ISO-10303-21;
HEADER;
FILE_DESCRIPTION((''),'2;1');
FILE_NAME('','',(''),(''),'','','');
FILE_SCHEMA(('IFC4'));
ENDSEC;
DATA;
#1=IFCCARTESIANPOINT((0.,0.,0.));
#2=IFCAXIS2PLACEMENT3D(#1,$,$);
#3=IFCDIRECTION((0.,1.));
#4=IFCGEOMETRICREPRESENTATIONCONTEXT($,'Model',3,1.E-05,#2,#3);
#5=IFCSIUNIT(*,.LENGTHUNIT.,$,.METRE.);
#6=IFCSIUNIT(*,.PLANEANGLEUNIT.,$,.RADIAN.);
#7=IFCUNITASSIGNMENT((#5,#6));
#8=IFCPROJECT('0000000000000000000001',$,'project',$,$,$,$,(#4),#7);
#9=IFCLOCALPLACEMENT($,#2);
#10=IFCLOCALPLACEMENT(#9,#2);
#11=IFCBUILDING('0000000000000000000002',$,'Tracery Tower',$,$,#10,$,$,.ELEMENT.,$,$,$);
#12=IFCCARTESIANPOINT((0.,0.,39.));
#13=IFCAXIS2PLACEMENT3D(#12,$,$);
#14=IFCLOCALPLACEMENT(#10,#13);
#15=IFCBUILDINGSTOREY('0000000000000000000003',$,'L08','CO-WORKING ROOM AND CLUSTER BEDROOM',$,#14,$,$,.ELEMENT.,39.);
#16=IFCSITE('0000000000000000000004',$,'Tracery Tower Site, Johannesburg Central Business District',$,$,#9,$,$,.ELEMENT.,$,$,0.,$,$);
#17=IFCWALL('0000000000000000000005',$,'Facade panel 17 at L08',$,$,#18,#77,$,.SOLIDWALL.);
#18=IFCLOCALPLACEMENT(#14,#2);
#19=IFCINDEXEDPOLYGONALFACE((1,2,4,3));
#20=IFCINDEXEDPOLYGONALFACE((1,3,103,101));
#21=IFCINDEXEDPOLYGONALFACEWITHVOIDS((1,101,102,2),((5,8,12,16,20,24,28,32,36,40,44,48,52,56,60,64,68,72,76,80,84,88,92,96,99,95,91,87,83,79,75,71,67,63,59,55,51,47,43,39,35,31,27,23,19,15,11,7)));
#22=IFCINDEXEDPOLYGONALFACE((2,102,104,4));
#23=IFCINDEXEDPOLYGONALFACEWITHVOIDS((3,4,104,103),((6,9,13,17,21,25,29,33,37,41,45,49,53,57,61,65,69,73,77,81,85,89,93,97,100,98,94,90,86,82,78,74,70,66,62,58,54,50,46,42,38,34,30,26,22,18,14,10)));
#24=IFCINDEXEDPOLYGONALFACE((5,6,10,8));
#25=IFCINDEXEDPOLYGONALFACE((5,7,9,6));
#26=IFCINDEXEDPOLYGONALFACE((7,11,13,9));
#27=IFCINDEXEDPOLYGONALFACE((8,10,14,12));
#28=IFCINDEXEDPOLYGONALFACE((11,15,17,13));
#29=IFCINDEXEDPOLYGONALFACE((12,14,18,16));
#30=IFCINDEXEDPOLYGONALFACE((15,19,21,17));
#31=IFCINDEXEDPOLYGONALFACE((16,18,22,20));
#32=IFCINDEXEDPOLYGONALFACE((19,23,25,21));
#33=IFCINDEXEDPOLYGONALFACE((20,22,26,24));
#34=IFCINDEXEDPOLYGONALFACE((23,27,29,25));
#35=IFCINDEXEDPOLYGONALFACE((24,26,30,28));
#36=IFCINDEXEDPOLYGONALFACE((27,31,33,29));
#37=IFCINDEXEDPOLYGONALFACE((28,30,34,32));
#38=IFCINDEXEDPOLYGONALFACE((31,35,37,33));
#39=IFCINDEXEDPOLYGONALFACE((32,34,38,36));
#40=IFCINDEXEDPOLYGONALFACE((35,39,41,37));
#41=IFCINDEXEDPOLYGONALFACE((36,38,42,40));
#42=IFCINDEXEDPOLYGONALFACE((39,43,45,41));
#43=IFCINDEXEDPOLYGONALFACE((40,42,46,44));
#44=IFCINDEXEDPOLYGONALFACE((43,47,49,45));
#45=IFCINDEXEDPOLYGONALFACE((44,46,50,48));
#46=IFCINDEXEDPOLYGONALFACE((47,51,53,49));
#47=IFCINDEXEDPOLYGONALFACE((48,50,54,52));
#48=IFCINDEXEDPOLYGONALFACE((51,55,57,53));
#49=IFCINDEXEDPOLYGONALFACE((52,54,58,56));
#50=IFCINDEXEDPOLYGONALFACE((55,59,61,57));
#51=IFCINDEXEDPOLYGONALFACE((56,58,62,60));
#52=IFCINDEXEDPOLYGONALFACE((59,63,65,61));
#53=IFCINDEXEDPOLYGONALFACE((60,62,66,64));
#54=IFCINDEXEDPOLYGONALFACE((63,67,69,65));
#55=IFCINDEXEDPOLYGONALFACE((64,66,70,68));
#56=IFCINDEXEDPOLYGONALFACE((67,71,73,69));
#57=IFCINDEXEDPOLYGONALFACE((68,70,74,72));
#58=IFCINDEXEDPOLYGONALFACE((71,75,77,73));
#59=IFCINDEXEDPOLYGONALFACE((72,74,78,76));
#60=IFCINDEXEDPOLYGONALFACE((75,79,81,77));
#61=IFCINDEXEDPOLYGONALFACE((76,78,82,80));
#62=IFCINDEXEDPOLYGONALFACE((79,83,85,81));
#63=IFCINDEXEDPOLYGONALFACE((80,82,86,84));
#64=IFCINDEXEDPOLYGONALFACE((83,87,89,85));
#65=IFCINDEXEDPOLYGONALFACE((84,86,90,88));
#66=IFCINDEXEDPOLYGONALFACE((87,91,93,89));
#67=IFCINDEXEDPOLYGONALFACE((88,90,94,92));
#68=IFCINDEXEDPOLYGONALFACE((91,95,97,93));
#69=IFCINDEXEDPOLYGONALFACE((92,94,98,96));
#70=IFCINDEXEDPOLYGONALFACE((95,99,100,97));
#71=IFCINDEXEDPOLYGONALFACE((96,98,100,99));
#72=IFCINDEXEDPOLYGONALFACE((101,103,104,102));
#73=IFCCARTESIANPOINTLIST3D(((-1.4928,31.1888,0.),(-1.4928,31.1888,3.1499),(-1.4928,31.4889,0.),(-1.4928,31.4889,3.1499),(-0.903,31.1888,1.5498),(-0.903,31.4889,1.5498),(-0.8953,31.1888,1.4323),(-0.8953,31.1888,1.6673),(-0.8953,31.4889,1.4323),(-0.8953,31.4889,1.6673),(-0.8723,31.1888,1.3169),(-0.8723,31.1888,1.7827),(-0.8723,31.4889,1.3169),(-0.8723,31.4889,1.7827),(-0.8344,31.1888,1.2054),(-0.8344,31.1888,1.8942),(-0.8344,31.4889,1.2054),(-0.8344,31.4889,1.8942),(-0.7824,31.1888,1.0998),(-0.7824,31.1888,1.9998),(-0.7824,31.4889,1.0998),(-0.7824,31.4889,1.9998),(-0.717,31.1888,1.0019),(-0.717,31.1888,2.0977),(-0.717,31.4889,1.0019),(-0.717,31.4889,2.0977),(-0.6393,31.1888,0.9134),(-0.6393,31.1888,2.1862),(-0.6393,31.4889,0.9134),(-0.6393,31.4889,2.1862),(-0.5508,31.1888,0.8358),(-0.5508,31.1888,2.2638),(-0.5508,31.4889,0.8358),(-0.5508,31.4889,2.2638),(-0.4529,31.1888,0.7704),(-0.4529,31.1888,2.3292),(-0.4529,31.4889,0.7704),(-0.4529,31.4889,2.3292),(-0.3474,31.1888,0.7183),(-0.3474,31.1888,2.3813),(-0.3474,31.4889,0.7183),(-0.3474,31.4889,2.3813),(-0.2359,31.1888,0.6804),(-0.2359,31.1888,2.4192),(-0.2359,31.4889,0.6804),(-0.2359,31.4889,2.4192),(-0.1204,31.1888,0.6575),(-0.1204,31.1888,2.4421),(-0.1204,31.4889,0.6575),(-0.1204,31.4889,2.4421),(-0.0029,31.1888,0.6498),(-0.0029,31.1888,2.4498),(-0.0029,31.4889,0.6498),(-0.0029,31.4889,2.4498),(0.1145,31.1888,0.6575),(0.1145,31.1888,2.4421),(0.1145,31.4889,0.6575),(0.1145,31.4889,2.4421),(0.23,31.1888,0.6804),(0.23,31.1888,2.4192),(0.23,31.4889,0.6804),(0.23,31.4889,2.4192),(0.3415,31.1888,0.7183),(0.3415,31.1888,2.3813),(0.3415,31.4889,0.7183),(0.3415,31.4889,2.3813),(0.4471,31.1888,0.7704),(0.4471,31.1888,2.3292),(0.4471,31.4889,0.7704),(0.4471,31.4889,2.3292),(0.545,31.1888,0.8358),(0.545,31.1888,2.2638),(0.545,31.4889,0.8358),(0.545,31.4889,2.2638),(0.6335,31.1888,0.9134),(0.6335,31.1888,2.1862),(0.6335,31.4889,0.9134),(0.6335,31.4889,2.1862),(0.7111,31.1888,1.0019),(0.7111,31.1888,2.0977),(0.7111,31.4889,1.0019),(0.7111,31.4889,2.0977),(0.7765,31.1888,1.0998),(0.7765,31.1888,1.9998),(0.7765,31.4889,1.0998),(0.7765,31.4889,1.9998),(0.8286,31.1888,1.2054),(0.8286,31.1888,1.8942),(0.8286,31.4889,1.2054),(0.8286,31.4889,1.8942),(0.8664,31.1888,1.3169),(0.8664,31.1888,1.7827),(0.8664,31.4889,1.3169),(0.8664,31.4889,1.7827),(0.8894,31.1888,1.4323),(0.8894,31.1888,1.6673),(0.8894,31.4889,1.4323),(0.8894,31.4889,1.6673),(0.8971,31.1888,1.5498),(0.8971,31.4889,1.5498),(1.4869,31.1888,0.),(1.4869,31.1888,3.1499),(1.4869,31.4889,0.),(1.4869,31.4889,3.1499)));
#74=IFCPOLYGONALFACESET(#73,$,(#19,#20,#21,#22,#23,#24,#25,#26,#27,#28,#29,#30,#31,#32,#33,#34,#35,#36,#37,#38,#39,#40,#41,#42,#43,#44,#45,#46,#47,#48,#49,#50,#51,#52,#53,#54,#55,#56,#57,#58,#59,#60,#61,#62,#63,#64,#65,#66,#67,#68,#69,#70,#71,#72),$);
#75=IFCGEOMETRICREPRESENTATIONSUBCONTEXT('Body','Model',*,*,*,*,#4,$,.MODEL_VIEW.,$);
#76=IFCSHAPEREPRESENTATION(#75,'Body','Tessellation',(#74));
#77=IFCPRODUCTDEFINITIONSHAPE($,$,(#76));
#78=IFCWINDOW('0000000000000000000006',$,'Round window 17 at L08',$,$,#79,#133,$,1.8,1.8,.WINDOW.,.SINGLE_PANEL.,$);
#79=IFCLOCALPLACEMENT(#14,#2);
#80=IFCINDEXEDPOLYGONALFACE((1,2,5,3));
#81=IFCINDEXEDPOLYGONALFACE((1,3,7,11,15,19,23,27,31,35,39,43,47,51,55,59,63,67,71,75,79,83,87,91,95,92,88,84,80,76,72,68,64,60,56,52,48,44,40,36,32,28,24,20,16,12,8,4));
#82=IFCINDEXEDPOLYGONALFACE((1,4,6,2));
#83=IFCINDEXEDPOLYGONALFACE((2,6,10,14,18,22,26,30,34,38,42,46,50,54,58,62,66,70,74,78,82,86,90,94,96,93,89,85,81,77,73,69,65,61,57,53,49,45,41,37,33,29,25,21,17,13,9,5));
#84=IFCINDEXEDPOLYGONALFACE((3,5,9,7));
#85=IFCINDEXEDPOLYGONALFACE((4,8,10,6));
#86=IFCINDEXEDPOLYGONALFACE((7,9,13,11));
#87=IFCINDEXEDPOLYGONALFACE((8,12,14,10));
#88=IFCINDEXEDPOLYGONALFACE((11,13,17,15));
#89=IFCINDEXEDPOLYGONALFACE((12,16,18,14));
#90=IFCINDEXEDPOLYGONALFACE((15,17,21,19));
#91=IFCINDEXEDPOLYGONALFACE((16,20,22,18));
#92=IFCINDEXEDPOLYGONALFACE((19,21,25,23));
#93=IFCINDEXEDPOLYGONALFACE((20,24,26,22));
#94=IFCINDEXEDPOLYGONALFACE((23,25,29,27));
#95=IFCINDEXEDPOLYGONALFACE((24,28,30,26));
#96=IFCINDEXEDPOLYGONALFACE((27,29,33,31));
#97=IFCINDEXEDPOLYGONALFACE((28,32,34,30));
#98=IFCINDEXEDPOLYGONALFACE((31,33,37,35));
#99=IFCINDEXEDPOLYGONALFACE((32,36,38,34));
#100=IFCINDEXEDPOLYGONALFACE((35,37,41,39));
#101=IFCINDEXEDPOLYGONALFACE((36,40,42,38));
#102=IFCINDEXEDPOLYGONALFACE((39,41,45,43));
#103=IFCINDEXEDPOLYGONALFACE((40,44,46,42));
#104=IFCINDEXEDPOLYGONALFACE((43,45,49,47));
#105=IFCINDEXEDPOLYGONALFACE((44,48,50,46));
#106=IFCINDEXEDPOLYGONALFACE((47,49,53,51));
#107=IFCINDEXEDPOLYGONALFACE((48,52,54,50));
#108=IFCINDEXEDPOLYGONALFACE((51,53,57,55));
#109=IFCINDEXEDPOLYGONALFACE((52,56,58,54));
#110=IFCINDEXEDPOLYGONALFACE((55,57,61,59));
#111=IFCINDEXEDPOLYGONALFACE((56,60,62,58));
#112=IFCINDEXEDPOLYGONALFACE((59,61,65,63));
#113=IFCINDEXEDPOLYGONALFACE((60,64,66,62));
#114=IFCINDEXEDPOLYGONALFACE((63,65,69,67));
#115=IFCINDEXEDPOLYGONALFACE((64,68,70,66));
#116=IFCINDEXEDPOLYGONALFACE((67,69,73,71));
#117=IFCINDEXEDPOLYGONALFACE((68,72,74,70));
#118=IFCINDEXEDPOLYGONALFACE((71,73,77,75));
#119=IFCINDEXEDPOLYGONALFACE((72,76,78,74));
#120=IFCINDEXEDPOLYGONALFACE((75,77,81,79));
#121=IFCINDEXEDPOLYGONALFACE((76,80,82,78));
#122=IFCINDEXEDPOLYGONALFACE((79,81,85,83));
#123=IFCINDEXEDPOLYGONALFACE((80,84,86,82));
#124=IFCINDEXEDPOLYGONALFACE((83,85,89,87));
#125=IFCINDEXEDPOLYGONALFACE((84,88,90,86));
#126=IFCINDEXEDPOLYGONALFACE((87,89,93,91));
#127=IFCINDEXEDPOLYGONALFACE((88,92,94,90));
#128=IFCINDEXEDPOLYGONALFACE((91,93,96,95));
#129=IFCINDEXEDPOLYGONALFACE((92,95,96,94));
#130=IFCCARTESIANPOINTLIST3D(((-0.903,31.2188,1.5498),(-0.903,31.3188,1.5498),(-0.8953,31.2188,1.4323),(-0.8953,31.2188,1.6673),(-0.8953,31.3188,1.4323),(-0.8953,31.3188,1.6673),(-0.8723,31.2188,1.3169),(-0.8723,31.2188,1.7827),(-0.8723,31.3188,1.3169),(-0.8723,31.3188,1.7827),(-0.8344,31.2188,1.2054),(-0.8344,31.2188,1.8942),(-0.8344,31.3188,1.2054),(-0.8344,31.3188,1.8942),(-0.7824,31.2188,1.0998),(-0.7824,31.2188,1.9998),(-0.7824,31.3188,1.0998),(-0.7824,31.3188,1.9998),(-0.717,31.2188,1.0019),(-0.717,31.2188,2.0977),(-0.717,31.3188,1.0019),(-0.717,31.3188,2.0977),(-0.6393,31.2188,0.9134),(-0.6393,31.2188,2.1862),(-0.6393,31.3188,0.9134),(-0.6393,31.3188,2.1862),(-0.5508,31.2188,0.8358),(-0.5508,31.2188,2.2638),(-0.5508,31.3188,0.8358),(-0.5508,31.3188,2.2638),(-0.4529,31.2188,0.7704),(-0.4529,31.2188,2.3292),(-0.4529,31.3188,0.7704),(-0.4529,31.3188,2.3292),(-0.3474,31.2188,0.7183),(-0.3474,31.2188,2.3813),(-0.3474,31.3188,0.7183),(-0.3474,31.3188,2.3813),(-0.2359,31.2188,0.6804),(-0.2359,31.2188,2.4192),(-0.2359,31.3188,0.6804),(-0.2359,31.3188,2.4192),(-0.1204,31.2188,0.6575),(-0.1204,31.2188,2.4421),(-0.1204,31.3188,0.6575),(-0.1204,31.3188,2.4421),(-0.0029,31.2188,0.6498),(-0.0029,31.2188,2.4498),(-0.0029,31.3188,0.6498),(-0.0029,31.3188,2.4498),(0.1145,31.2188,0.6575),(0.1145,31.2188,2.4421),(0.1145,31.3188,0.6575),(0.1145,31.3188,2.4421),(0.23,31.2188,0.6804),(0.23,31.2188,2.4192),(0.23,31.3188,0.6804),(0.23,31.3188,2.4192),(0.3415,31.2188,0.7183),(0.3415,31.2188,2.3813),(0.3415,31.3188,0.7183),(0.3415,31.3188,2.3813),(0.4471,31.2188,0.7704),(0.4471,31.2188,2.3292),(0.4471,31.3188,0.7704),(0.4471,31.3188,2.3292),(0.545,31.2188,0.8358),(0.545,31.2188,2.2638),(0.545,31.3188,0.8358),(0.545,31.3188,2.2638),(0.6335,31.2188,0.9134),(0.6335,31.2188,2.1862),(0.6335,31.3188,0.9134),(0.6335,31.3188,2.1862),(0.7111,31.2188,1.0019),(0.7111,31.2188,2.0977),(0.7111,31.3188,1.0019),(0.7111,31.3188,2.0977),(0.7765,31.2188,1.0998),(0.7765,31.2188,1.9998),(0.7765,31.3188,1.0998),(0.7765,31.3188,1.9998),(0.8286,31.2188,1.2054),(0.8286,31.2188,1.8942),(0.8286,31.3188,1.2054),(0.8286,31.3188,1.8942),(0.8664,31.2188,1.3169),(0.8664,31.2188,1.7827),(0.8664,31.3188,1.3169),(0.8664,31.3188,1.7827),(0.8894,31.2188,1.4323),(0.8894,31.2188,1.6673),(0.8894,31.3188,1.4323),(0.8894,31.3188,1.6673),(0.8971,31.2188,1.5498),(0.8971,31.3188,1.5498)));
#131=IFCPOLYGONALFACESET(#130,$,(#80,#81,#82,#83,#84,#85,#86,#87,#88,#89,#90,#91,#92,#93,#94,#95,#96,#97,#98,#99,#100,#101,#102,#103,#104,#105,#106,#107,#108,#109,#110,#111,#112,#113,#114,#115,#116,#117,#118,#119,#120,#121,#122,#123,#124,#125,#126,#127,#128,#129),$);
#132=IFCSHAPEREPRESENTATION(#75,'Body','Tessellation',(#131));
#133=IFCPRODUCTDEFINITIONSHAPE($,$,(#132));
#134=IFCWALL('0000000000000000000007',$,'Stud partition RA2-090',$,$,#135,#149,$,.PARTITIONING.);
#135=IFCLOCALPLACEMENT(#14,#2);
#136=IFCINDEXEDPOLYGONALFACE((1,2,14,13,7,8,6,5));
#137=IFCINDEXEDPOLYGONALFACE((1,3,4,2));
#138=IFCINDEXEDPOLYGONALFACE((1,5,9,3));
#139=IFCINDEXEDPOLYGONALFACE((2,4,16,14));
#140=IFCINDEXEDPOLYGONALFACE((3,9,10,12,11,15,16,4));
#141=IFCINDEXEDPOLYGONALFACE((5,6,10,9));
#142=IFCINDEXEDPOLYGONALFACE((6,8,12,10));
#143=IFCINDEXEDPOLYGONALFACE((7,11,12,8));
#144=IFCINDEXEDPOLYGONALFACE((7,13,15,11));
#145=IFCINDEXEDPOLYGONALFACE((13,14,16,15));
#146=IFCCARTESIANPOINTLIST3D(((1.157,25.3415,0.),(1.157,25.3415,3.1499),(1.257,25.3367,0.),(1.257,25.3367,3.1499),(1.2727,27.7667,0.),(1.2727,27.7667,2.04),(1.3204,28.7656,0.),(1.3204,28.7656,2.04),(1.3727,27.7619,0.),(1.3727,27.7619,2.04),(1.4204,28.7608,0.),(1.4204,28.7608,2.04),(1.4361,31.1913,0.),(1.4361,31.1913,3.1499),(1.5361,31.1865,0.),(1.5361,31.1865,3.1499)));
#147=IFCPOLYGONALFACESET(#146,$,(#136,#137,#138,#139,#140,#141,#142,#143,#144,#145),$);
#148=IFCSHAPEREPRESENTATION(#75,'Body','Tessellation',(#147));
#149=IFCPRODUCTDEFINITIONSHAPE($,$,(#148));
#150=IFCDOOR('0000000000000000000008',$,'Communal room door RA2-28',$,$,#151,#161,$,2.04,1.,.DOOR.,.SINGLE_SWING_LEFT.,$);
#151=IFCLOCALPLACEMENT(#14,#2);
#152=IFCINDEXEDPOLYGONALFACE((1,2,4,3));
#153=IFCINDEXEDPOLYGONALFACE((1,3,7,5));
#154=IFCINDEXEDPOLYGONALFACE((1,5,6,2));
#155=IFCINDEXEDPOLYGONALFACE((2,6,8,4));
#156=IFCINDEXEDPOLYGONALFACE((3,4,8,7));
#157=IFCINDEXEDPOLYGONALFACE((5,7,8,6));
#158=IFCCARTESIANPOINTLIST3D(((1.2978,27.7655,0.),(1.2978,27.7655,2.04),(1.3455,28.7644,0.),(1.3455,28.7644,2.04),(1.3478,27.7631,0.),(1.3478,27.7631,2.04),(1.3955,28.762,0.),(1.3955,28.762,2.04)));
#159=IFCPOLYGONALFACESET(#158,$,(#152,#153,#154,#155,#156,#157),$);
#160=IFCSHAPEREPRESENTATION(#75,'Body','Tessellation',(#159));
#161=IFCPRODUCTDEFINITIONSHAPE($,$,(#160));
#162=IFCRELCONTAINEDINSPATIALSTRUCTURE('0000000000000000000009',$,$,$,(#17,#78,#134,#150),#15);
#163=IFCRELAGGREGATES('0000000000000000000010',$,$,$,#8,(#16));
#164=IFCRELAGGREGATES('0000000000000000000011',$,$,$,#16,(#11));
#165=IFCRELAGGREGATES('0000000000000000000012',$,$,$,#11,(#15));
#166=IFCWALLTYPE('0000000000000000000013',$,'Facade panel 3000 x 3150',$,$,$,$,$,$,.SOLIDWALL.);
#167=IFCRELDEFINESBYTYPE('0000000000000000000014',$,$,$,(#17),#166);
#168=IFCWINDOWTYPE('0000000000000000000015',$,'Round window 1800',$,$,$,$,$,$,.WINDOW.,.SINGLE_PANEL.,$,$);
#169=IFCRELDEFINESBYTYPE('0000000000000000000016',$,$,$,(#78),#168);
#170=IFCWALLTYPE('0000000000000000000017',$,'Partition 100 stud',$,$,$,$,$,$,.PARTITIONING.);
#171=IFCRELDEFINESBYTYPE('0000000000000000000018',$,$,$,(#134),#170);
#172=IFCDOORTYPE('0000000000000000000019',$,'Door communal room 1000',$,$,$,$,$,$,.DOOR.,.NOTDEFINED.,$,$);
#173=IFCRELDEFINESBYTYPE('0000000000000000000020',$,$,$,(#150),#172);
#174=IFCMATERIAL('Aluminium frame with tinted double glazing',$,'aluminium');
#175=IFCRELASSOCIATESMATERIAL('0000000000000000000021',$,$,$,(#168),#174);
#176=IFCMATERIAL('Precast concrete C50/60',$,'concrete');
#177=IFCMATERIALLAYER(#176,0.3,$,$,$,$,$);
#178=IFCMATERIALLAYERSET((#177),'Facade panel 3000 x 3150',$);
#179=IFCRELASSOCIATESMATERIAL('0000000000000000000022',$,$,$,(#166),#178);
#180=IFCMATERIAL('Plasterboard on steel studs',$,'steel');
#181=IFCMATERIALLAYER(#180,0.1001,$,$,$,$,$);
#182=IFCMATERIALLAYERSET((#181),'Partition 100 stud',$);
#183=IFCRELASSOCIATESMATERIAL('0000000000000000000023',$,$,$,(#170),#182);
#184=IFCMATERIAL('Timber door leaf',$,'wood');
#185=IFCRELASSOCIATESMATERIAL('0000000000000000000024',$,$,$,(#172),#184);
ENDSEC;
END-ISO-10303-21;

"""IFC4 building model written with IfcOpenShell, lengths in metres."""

from ifc_helpers import new_model, si_unit, direction, frame, frame_2d, origin, origin_2d, place, context, subcontext, project, spatial, rectangle, circle, extrude, material, layer, layer_set, type_object, element, fill, save


model = new_model("IFC4")

# Units and contexts
model_context = context("Model", 3, precision=1e-05, world=origin(), true_north=direction((0.0, 1.0)))
body_context = subcontext(model_context, "Body", "Model", "MODEL_VIEW")
ifc_project = project(units=[si_unit("LENGTHUNIT", "METRE"), si_unit("PLANEANGLEUNIT", "RADIAN")], contexts=[model_context])

# Site, building, storey
site_placement = place(None, origin())
site = spatial("IfcSite", under=ifc_project, at=site_placement, Name="Tracery Tower Site, Johannesburg Central Business District", CompositionType="ELEMENT", RefElevation=0.0)
building_placement = place(site_placement, origin())
building = spatial("IfcBuilding", under=site, at=building_placement, Name="Tracery Tower", CompositionType="ELEMENT")
storey_placement = place(building_placement, frame((0.0, 0.0, 39.0)))
storey = spatial("IfcBuildingStorey", under=building, at=storey_placement, Name="L08", Description="CO-WORKING ROOM AND CLUSTER BEDROOM", CompositionType="ELEMENT", Elevation=39.0)

# Wall, opening, window
ifc_material_1 = material(Name="Aluminium frame with tinted double glazing", Category="aluminium")
window_type = type_object("IfcWindowType", Name="Round window 1800", PartitioningType="SINGLE_PANEL", PredefinedType="WINDOW", material=ifc_material_1)
ifc_material_2 = material(Name="Precast concrete C50/60", Category="concrete")
ifc_layer_1 = layer(ifc_material_2, 0.3)
ifc_layer_set_1 = layer_set([ifc_layer_1], Name="Facade panel 3000 x 3150")
wall_type_1 = type_object("IfcWallType", Name="Facade panel 3000 x 3150", PredefinedType="SOLIDWALL", material=ifc_layer_set_1)
wall_1_placement = place(storey_placement, frame((1.4868, 31.3389, 0.0), z_axis=(0.0, 0.0, 1.0), x_axis=(-1.0, 0.0, 0.0)))
wall_1 = element("IfcWall", 1, at=wall_1_placement, inside=storey, type_object=wall_type_1, Name="Facade panel 17 at L08", PredefinedType="SOLIDWALL", context=body_context, shape_type="SweptSolid", body=[
    extrude(rectangle(XDim=2.9797, YDim=0.3, at=frame_2d((1.4897, 0.0))), origin(), (0.0, 0.0, 1.0), 3.1499),
])
opening_1_placement = place(wall_1_placement, frame((1.4897, 0.0, 1.5498)))
opening_1 = element("IfcOpeningElement", 2, at=opening_1_placement, cuts=wall_1, PredefinedType="OPENING", context=body_context, shape_type="SweptSolid", body=[
    extrude(circle(Radius=0.9, at=origin_2d()), frame((0.0, 0.1599, 0.0), z_axis=(0.0, -1.0, 0.0), x_axis=(1.0, 0.0, 0.0)), (0.0, 0.0, 1.0), 0.3201),
])
window_1_placement = place(opening_1_placement, origin())
window_1 = element("IfcWindow", 3, at=window_1_placement, inside=storey, type_object=window_type, Name="Round window 17 at L08", OverallHeight=1.8, OverallWidth=1.8, PartitioningType="SINGLE_PANEL", PredefinedType="WINDOW", context=body_context, shape_type="SweptSolid", body=[
    extrude(circle(Radius=0.9, at=origin_2d()), frame((0.0, 0.1201, 0.0), z_axis=(0.0, -1.0, 0.0), x_axis=(1.0, 0.0, 0.0)), (0.0, 0.0, 1.0), 0.1001),
])
fill(opening_1, window_1)

# Wall, opening, door
ifc_material_3 = material(Name="Plasterboard on steel studs", Category="steel")
ifc_layer_2 = layer(ifc_material_3, 0.1001)
ifc_layer_set_2 = layer_set([ifc_layer_2], Name="Partition 100 stud")
wall_type_2 = type_object("IfcWallType", Name="Partition 100 stud", PredefinedType="PARTITIONING", material=ifc_layer_set_2)
wall_2_placement = place(storey_placement, frame((1.207, 25.3391, 0.0), z_axis=(0.0, 0.0, 1.0), x_axis=(0.047648, 0.998864, 0.0)))
wall_2 = element("IfcWall", 4, at=wall_2_placement, inside=storey, type_object=wall_type_2, Name="Stud partition RA2-090", PredefinedType="PARTITIONING", context=body_context, shape_type="SweptSolid", body=[
    extrude(rectangle(XDim=5.8564, YDim=0.1001, at=frame_2d((2.9282, 0.0))), origin(), (0.0, 0.0, 1.0), 3.1499),
])
opening_2_placement = place(wall_2_placement, frame((2.428, 0.0, 0.0)))
opening_2 = element("IfcOpeningElement", 5, at=opening_2_placement, cuts=wall_2, PredefinedType="OPENING", context=body_context, shape_type="SweptSolid", body=[
    extrude(rectangle(XDim=1.0, YDim=2.04, at=frame_2d((0.5, 1.02))), frame((0.0, 0.05, 0.0), z_axis=(0.0, -1.0, 0.0), x_axis=(1.0, 0.0, 0.0)), (0.0, 0.0, 1.0), 0.1001),
])
ifc_material_4 = material(Name="Timber door leaf", Category="wood")
door_type_1 = type_object("IfcDoorType", Name="Door communal room 1000", OperationType="NOTDEFINED", PredefinedType="DOOR", material=ifc_material_4)
door_1_placement = place(opening_2_placement, origin())
door_1 = element("IfcDoor", 6, at=door_1_placement, inside=storey, type_object=door_type_1, Name="Communal room door RA2-28", OperationType="SINGLE_SWING_LEFT", OverallHeight=2.04, OverallWidth=1.0, PredefinedType="DOOR", context=body_context, shape_type="SweptSolid", body=[
    extrude(rectangle(XDim=1.0, YDim=2.04, at=frame_2d((0.5, 1.02))), frame((0.0, 0.0249, 0.0), z_axis=(0.0, -1.0, 0.0), x_axis=(1.0, 0.0, 0.0)), (0.0, 0.0, 1.0), 0.05),
])
fill(opening_2, door_1)

save(model, "model.ifc")
